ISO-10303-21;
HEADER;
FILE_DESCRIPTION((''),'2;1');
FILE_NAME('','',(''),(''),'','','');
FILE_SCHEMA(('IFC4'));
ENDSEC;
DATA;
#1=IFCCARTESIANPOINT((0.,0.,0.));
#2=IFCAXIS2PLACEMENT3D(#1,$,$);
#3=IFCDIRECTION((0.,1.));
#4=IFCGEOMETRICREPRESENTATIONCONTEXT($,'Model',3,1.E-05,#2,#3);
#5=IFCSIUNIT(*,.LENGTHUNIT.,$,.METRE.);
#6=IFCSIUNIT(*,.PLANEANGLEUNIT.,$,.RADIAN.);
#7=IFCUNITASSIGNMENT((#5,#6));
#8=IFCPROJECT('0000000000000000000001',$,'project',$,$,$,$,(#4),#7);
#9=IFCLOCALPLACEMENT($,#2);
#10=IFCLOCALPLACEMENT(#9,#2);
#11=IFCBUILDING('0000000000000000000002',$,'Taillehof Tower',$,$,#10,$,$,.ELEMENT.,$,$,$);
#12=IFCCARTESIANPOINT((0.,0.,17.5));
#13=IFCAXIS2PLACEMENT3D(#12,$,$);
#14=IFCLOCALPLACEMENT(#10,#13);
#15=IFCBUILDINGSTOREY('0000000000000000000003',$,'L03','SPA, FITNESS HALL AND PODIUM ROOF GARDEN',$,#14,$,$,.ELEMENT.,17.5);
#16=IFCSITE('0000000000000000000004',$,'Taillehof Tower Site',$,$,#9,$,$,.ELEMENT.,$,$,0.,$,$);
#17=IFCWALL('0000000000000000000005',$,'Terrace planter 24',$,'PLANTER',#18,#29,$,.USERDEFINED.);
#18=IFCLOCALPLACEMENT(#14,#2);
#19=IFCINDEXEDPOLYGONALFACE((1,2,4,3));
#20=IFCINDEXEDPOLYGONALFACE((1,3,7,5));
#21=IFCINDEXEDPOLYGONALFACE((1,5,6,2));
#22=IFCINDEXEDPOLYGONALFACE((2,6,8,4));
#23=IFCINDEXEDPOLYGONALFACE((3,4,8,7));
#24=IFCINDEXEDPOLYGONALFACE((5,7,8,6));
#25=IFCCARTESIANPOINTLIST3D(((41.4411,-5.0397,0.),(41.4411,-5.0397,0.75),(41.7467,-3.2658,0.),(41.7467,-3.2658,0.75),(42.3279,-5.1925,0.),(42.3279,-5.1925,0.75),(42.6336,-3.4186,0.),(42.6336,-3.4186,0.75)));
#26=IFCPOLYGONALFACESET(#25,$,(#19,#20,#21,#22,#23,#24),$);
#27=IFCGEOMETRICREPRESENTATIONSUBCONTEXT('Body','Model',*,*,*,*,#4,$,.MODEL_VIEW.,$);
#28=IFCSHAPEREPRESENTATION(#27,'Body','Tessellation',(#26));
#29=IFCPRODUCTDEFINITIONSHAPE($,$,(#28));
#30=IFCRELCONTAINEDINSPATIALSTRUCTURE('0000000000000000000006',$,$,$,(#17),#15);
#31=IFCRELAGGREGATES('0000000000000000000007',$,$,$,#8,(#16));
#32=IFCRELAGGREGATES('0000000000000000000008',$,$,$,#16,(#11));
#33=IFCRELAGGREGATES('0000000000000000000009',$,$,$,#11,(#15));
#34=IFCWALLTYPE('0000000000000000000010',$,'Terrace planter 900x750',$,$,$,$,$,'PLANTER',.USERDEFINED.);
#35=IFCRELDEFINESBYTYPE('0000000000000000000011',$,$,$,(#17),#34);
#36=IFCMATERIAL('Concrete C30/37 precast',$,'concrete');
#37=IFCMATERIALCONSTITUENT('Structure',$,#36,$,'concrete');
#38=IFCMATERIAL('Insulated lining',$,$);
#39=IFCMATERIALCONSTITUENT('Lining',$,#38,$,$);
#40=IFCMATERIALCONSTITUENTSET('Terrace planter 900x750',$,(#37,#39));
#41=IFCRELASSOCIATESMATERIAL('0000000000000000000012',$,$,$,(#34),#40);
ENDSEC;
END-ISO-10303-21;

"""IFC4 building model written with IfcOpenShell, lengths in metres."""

from ifc_helpers import new_model, si_unit, direction, frame, frame_2d, origin, place, context, subcontext, project, spatial, rectangle, extrude, material, constituent, constituent_set, type_object, element, save


model = new_model("IFC4")

# Units and contexts
model_context = context("Model", 3, precision=1e-05, world=origin(), true_north=direction((0.0, 1.0)))
body_context = subcontext(model_context, "Body", "Model", "MODEL_VIEW")
ifc_project = project(units=[si_unit("LENGTHUNIT", "METRE"), si_unit("PLANEANGLEUNIT", "RADIAN")], contexts=[model_context])

# Site, building, storey
site_placement = place(None, origin())
site = spatial("IfcSite", under=ifc_project, at=site_placement, Name="Taillehof Tower Site", CompositionType="ELEMENT", RefElevation=0.0)
building_placement = place(site_placement, origin())
building = spatial("IfcBuilding", under=site, at=building_placement, Name="Taillehof Tower", CompositionType="ELEMENT")
storey_placement = place(building_placement, frame((0.0, 0.0, 17.5)))
storey = spatial("IfcBuildingStorey", under=building, at=storey_placement, Name="L03", Description="SPA, FITNESS HALL AND PODIUM ROOF GARDEN", CompositionType="ELEMENT", Elevation=17.5)

# Wall
ifc_material_1 = material(Name="Concrete C30/37 precast", Category="concrete")
ifc_constituent_1 = constituent(ifc_material_1, Name="Structure", Category="concrete")
ifc_material_2 = material(Name="Insulated lining")
ifc_constituent_2 = constituent(ifc_material_2, Name="Lining")
ifc_constituent_set_1 = constituent_set(constituents=[ifc_constituent_1, ifc_constituent_2], Name="Terrace planter 900x750")
wall_type_1 = type_object("IfcWallType", Name="Terrace planter 900x750", ElementType="PLANTER", PredefinedType="USERDEFINED", material=ifc_constituent_set_1)
wall_1_placement = place(storey_placement, frame((41.8845, -5.116, 0.0), z_axis=(0.0, 0.0, 1.0), x_axis=(0.169807, 0.985477, 0.0)))
element("IfcWall", 1, at=wall_1_placement, inside=storey, type_object=wall_type_1, Name="Terrace planter 24", ObjectType="PLANTER", PredefinedType="USERDEFINED", context=body_context, shape_type="SweptSolid", body=[
    extrude(rectangle(XDim=1.8, YDim=0.8999, at=frame_2d((0.8999, 0.0))), origin(), (0.0, 0.0, 1.0), 0.75),
])

save(model, "model.ifc")
